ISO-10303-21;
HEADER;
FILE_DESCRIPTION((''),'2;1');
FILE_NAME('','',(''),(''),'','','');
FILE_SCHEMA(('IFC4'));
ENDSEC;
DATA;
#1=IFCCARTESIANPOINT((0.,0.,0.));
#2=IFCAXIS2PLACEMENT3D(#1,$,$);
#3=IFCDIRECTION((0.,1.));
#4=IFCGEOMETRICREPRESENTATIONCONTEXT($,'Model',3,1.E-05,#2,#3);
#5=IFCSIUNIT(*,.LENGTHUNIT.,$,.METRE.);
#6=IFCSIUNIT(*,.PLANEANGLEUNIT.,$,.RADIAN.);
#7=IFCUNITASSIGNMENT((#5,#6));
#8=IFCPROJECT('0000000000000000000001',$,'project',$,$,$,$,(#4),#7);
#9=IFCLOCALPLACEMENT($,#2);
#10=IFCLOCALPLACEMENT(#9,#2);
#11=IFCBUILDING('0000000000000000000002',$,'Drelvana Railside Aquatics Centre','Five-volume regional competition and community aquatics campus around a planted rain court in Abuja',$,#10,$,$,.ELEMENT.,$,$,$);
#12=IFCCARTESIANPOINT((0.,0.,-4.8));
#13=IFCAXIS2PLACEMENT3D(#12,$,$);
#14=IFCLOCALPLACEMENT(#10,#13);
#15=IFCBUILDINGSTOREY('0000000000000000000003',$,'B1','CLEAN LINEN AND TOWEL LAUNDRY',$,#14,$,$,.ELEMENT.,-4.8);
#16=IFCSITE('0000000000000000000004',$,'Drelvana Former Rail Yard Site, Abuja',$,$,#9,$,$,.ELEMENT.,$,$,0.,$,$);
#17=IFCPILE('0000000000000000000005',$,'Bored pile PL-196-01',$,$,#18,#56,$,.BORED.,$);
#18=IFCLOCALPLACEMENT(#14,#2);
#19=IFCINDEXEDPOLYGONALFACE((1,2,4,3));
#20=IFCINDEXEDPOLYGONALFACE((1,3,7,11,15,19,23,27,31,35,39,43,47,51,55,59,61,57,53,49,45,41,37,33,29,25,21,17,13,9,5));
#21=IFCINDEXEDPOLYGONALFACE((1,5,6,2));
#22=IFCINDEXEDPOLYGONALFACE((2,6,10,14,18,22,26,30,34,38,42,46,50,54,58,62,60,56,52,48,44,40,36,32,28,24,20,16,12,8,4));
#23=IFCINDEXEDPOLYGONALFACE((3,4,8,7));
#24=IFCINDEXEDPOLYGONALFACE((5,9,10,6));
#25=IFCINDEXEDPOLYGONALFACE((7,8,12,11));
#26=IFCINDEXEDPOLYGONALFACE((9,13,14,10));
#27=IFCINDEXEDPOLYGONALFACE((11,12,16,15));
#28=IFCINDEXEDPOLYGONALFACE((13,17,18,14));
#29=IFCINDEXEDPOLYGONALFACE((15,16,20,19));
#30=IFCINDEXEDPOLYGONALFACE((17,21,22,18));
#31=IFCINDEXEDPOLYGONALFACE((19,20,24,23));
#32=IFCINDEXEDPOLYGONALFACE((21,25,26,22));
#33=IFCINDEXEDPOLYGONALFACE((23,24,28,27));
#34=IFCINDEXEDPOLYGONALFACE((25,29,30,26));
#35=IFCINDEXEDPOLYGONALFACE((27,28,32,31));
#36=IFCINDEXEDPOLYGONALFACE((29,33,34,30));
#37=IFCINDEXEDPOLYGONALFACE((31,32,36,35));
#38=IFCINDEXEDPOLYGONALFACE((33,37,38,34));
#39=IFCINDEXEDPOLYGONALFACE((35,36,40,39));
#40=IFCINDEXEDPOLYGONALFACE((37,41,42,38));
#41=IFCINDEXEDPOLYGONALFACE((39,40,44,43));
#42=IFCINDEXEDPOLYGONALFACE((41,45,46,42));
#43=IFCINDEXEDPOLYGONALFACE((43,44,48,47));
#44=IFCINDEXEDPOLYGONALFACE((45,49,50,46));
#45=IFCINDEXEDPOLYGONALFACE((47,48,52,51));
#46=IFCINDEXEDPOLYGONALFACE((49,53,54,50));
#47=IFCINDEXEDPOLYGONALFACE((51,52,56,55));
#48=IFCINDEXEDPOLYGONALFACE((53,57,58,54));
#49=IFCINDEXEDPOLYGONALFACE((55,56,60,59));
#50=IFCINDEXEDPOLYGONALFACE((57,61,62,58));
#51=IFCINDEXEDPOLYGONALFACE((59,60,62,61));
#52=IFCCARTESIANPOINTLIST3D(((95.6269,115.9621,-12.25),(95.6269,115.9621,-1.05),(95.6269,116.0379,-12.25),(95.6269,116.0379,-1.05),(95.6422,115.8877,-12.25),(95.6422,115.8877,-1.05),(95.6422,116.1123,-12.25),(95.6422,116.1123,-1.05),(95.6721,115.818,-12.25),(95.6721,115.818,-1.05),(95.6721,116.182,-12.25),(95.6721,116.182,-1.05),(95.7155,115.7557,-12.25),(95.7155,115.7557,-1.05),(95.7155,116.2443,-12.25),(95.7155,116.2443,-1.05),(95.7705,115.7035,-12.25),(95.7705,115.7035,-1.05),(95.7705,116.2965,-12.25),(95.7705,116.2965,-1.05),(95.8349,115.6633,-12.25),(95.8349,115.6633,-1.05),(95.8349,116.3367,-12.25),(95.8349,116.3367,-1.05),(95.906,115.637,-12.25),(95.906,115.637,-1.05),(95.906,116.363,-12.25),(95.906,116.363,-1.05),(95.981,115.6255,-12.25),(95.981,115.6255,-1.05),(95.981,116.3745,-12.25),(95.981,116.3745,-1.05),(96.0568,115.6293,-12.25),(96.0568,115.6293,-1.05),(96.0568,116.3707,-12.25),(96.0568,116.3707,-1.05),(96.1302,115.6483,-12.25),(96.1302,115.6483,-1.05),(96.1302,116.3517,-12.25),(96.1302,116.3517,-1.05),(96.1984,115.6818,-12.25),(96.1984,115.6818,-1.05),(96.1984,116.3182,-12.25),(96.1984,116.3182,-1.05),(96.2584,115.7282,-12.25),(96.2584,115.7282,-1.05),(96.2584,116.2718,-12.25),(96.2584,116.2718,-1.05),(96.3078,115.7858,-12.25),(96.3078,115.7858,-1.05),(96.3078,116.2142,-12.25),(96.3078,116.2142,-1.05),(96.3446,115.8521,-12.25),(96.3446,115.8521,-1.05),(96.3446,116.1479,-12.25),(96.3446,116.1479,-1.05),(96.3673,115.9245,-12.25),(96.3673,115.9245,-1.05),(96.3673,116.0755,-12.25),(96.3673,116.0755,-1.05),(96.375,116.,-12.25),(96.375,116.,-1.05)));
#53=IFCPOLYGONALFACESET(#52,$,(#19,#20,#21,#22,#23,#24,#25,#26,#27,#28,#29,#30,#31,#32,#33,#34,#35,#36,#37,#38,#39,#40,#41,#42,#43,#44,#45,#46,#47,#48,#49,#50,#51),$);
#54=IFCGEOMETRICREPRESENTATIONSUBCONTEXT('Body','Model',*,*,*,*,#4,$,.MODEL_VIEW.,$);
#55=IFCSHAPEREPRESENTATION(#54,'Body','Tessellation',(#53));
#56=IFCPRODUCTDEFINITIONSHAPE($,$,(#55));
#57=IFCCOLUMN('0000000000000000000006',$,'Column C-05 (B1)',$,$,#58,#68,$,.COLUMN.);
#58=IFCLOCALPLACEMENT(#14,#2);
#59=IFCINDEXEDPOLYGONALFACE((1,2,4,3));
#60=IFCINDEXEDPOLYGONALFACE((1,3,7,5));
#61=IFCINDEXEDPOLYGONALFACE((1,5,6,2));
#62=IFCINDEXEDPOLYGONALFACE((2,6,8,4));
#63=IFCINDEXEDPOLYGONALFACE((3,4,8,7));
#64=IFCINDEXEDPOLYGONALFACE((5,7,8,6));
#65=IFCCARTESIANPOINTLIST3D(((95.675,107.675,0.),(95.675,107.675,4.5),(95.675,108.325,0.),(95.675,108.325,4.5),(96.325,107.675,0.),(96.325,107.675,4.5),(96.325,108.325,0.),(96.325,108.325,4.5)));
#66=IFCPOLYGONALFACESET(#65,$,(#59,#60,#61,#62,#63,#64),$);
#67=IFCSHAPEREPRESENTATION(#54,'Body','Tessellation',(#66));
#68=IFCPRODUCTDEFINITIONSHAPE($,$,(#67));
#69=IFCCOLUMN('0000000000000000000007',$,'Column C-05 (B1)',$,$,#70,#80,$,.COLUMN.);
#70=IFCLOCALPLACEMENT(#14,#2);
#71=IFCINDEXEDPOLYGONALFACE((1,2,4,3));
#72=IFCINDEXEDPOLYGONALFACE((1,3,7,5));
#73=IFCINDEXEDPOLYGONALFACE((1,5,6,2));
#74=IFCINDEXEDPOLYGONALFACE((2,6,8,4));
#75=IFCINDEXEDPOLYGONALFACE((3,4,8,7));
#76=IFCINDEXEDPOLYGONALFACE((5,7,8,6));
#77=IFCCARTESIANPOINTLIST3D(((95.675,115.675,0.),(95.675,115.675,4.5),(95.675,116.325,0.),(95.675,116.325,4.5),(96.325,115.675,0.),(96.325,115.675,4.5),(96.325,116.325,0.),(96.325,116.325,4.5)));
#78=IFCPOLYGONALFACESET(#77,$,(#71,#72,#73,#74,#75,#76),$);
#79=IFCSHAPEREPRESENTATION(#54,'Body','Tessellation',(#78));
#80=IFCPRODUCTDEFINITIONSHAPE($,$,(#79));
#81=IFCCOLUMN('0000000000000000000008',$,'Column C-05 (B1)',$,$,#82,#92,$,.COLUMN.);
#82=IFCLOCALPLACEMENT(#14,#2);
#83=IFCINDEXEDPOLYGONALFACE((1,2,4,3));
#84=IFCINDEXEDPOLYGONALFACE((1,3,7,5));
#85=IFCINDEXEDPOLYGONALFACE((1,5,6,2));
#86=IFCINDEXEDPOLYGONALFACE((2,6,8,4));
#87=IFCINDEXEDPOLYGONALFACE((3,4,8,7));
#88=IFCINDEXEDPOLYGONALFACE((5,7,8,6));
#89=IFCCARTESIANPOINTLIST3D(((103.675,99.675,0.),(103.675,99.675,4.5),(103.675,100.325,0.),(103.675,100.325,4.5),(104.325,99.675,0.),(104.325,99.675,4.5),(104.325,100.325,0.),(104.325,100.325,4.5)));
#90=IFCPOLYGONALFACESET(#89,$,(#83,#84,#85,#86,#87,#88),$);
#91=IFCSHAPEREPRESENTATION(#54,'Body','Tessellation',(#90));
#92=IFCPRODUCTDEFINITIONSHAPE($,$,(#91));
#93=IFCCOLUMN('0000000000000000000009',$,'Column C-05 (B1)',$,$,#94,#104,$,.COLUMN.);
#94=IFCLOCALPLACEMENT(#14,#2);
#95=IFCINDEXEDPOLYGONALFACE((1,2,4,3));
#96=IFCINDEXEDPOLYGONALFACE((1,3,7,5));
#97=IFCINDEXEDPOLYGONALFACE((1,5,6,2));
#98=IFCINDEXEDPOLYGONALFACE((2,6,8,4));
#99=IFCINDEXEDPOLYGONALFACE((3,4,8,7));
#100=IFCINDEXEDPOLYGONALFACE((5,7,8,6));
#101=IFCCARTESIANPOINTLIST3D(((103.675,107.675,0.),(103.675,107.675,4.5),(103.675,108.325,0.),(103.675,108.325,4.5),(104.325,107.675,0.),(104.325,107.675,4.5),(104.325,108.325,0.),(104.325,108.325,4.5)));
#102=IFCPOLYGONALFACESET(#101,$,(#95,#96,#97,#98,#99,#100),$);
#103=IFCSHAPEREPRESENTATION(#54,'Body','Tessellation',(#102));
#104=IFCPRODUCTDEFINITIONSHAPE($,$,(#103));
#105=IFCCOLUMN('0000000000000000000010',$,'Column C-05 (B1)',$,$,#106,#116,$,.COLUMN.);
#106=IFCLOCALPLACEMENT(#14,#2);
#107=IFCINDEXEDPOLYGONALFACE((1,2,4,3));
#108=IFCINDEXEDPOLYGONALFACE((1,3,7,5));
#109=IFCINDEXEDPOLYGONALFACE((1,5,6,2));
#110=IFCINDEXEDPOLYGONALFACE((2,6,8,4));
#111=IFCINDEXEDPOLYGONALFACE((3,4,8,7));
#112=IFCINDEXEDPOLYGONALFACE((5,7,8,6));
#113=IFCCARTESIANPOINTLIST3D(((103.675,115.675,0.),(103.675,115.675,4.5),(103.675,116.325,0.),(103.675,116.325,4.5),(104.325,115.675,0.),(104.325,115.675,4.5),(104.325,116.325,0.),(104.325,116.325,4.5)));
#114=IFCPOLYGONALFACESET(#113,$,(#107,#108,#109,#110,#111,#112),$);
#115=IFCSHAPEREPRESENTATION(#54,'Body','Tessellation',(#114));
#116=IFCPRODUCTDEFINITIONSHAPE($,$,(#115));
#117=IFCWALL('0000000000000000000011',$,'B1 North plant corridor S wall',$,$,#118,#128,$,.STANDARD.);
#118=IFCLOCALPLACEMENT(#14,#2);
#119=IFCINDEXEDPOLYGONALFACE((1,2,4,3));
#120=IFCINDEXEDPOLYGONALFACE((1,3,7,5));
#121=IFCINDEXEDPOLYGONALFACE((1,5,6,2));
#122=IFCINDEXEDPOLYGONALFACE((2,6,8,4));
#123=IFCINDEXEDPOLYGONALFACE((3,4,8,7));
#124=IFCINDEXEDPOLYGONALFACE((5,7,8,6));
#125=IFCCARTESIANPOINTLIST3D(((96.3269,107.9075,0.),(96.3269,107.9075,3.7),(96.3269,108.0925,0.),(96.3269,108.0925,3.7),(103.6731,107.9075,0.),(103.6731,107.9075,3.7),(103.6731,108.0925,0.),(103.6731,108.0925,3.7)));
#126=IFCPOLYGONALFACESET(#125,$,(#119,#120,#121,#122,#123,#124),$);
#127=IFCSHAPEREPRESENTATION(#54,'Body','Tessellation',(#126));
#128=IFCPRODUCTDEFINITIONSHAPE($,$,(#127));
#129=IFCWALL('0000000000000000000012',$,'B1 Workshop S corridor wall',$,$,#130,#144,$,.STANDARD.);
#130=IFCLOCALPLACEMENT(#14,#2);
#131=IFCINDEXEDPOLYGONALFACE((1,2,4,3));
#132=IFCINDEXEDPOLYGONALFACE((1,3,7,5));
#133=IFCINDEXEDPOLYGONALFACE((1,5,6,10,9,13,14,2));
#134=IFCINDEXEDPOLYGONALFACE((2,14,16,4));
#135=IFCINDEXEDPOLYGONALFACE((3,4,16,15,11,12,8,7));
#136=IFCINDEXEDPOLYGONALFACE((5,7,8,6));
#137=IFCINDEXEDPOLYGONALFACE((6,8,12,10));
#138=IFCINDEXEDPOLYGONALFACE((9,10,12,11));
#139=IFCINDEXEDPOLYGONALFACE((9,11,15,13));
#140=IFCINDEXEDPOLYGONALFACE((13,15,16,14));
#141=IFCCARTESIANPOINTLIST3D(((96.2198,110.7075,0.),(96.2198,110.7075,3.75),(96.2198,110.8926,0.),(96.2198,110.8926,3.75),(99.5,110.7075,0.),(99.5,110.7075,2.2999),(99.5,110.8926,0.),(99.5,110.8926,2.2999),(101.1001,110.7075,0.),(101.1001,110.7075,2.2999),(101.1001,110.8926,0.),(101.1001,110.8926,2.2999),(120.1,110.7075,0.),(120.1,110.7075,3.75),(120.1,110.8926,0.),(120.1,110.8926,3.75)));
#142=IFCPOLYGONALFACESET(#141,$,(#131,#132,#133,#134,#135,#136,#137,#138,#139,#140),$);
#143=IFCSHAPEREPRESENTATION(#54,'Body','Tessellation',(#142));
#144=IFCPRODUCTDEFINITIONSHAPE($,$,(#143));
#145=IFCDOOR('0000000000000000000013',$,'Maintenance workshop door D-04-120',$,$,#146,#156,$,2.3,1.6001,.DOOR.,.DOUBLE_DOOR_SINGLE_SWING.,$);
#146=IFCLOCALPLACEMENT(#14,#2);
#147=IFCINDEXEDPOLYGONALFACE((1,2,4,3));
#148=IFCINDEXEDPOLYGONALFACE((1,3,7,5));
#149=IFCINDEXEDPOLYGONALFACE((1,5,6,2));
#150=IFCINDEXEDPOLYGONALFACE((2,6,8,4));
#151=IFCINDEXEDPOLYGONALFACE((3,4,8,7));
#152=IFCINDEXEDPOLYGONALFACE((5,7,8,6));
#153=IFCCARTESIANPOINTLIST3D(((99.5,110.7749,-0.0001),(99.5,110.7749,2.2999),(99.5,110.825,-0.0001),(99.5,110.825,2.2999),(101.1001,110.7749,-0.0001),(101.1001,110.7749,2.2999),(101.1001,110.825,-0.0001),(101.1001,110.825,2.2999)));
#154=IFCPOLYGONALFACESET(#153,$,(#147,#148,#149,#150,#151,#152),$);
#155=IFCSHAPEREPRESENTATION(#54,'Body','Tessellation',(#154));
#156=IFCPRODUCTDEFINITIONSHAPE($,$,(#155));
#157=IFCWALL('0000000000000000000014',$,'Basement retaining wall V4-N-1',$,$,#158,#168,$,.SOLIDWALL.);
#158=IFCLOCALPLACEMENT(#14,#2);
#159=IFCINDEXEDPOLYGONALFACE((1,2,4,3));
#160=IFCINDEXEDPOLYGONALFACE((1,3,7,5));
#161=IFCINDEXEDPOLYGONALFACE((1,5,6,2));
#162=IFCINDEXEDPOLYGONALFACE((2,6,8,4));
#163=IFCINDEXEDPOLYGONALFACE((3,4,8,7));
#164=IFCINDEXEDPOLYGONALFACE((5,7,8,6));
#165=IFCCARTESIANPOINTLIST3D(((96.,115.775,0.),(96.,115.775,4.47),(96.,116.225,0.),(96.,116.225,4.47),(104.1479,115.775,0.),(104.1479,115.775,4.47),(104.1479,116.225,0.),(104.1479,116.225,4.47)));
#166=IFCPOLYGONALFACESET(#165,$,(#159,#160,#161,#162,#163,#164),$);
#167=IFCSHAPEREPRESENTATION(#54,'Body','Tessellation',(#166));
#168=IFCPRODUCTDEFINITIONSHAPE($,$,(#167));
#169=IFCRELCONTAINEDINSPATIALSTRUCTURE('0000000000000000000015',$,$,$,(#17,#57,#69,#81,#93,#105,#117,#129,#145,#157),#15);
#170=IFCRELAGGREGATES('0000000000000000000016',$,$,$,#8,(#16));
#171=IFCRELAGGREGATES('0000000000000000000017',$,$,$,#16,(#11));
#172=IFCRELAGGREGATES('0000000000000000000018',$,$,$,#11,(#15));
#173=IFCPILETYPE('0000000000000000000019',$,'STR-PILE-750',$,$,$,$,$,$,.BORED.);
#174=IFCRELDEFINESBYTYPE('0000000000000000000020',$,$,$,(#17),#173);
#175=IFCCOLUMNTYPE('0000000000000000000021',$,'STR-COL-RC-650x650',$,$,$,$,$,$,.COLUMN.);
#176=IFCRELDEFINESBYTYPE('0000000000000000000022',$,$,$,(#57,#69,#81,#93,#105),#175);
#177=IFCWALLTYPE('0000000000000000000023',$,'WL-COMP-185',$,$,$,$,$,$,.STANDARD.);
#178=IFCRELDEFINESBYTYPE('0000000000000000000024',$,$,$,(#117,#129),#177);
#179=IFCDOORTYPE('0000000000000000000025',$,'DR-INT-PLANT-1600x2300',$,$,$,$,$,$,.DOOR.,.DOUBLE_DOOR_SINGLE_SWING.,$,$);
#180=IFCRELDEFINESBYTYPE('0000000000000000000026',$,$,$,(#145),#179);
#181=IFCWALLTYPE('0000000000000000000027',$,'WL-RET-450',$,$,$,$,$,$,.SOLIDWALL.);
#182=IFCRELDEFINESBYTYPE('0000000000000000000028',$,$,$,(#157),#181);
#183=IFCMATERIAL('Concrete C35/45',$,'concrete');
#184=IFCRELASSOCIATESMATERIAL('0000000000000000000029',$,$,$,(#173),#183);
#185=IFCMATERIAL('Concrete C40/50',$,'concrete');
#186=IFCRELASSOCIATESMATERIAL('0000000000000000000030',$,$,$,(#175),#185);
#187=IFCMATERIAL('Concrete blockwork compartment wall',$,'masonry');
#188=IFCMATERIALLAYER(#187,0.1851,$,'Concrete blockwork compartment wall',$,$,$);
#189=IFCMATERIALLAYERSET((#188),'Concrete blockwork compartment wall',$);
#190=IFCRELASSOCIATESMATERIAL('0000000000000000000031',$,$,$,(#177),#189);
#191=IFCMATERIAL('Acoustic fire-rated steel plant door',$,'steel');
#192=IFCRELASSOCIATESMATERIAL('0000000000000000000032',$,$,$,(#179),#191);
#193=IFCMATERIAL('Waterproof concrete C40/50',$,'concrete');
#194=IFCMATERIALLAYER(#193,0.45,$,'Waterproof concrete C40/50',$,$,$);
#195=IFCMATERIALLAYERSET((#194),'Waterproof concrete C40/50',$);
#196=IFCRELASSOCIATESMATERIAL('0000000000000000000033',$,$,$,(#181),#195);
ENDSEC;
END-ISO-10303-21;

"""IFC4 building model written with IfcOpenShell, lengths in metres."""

from ifc_helpers import new_model, si_unit, direction, frame, frame_2d, origin, origin_2d, place, context, subcontext, project, spatial, rectangle, circle, extrude, material, layer, layer_set, material_profile, profile_set, type_object, element, fill, save


model = new_model("IFC4")

# Units and contexts
model_context = context("Model", 3, precision=1e-05, world=origin(), true_north=direction((0.0, 1.0)))
body_context = subcontext(model_context, "Body", "Model", "MODEL_VIEW")
ifc_project = project(units=[si_unit("LENGTHUNIT", "METRE"), si_unit("PLANEANGLEUNIT", "RADIAN")], contexts=[model_context])

# Site, building, storey
site_placement = place(None, origin())
site = spatial("IfcSite", under=ifc_project, at=site_placement, Name="Drelvana Former Rail Yard Site, Abuja", CompositionType="ELEMENT", RefElevation=0.0)
building_placement = place(site_placement, origin())
building = spatial("IfcBuilding", under=site, at=building_placement, Name="Drelvana Railside Aquatics Centre", Description="Five-volume regional competition and community aquatics campus around a planted rain court in Abuja", CompositionType="ELEMENT")
storey_placement = place(building_placement, frame((0.0, 0.0, -4.8)))
storey = spatial("IfcBuildingStorey", under=building, at=storey_placement, Name="B1", Description="CLEAN LINEN AND TOWEL LAUNDRY", CompositionType="ELEMENT", Elevation=-4.8)

# Shared definitions
ifc_material_1 = material(Name="Concrete C35/45", Category="concrete")

# Pile
ifc_material_profile_1 = material_profile(ifc_material_1, circle(Radius=0.375, at=origin_2d()), Name="PILE D750")
ifc_profile_set_1 = profile_set([ifc_material_profile_1], Name="Concrete C35/45")
pile_type_1 = type_object("IfcPileType", Name="STR-PILE-750", PredefinedType="BORED", material=ifc_profile_set_1)
for number, where, z_axis, x_axis, name in (
    (1, (96.0, 116.0, -1.05), (0.0, 0.0, -1.0), (1.0, 0.0, 0.0), "Bored pile PL-196-01"),
):
    element("IfcPile", number, at=place(storey_placement, frame(where, z_axis=z_axis, x_axis=x_axis)), inside=storey, type_object=pile_type_1, Name=name, PredefinedType="BORED", context=body_context, shape_type="SweptSolid", body=[
        extrude(circle(Radius=0.375, at=origin_2d()), origin(), (0.0, 0.0, 1.0), 11.2),
    ])

# Columns
ifc_material_2 = material(Name="Concrete C40/50", Category="concrete")
ifc_material_profile_2 = material_profile(ifc_material_2, rectangle(XDim=0.6499, YDim=0.6499, at=origin_2d()), Name="RC 650x650")
ifc_profile_set_2 = profile_set([ifc_material_profile_2], Name="Concrete C40/50")
column_type = type_object("IfcColumnType", Name="STR-COL-RC-650x650", PredefinedType="COLUMN", material=ifc_profile_set_2)
for number, where, z_axis, x_axis, name in (
    (2, (96.0, 108.0, 0.0), (0.0, 0.0, 1.0), (1.0, 0.0, 0.0), "Column C-05 (B1)"),
    (3, (96.0, 116.0, 0.0), (0.0, 0.0, 1.0), (1.0, 0.0, 0.0), "Column C-05 (B1)"),
    (4, (104.0, 100.0, 0.0), (0.0, 0.0, 1.0), (1.0, 0.0, 0.0), "Column C-05 (B1)"),
    (5, (104.0, 108.0, 0.0), (0.0, 0.0, 1.0), (1.0, 0.0, 0.0), "Column C-05 (B1)"),
    (6, (104.0, 116.0, 0.0), (0.0, 0.0, 1.0), (1.0, 0.0, 0.0), "Column C-05 (B1)"),
):
    element("IfcColumn", number, at=place(storey_placement, frame(where, z_axis=z_axis, x_axis=x_axis)), inside=storey, type_object=column_type, Name=name, PredefinedType="COLUMN", context=body_context, shape_type="SweptSolid", body=[
        extrude(rectangle(XDim=0.6499, YDim=0.6499, at=origin_2d()), origin(), (0.0, 0.0, 1.0), 4.5),
    ])

# Wall
ifc_material_3 = material(Name="Concrete blockwork compartment wall", Category="masonry")
ifc_layer_1 = layer(ifc_material_3, 0.1851, Name="Concrete blockwork compartment wall")
ifc_layer_set_1 = layer_set([ifc_layer_1], Name="Concrete blockwork compartment wall")
wall_type_1 = type_object("IfcWallType", Name="WL-COMP-185", PredefinedType="STANDARD", material=ifc_layer_set_1)
wall_1_placement = place(storey_placement, frame((96.3269, 108.0, 0.0), z_axis=(0.0, 0.0, 1.0), x_axis=(1.0, 0.0, 0.0)))
element("IfcWall", 7, at=wall_1_placement, inside=storey, type_object=wall_type_1, Name="B1 North plant corridor S wall", PredefinedType="STANDARD", context=body_context, shape_type="SweptSolid", body=[
    extrude(rectangle(XDim=7.3462, YDim=0.1851, at=frame_2d((3.6731, 0.0))), origin(), (0.0, 0.0, 1.0), 3.7),
])

# Wall, opening, door
wall_2_placement = place(storey_placement, frame((96.22, 110.8, 0.0), z_axis=(0.0, 0.0, 1.0), x_axis=(1.0, 0.0, 0.0)))
wall_2 = element("IfcWall", 8, at=wall_2_placement, inside=storey, type_object=wall_type_1, Name="B1 Workshop S corridor wall", PredefinedType="STANDARD", context=body_context, shape_type="SweptSolid", body=[
    extrude(rectangle(XDim=23.8801, YDim=0.1851, at=frame_2d((11.9399, 0.0))), origin(), (0.0, 0.0, 1.0), 3.75),
])
opening_placement = place(wall_2_placement, frame((3.28, 0.0, 0.0)))
opening = element("IfcOpeningElement", 9, at=opening_placement, cuts=wall_2, PredefinedType="OPENING", context=body_context, shape_type="SweptSolid", body=[
    extrude(rectangle(XDim=1.6001, YDim=2.3, at=frame_2d((0.8, 1.1499))), frame((0.0, 0.1025, 0.0), z_axis=(0.0, -1.0, 0.0), x_axis=(1.0, 0.0, 0.0)), (0.0, 0.0, 1.0), 0.2051),
])
ifc_material_4 = material(Name="Acoustic fire-rated steel plant door", Category="steel")
door_type = type_object("IfcDoorType", Name="DR-INT-PLANT-1600x2300", OperationType="DOUBLE_DOOR_SINGLE_SWING", PredefinedType="DOOR", material=ifc_material_4)
door_placement = place(opening_placement, origin())
door = element("IfcDoor", 10, at=door_placement, inside=storey, type_object=door_type, Name="Maintenance workshop door D-04-120", OperationType="DOUBLE_DOOR_SINGLE_SWING", OverallHeight=2.3, OverallWidth=1.6001, PredefinedType="DOOR", context=body_context, shape_type="SweptSolid", body=[
    extrude(rectangle(XDim=1.6001, YDim=2.3, at=frame_2d((0.8, 1.1499))), frame((0.0, 0.0249, 0.0), z_axis=(0.0, -1.0, 0.0), x_axis=(1.0, 0.0, 0.0)), (0.0, 0.0, 1.0), 0.05),
])
fill(opening, door)

# Wall
ifc_material_5 = material(Name="Waterproof concrete C40/50", Category="concrete")
ifc_layer_2 = layer(ifc_material_5, 0.45, Name="Waterproof concrete C40/50")
ifc_layer_set_2 = layer_set([ifc_layer_2], Name="Waterproof concrete C40/50")
wall_type_2 = type_object("IfcWallType", Name="WL-RET-450", PredefinedType="SOLIDWALL", material=ifc_layer_set_2)
wall_3_placement = place(storey_placement, frame((96.0, 116.0, 0.0), z_axis=(0.0, 0.0, 1.0), x_axis=(1.0, 0.0, 0.0)))
element("IfcWall", 11, at=wall_3_placement, inside=storey, type_object=wall_type_2, Name="Basement retaining wall V4-N-1", PredefinedType="SOLIDWALL", context=body_context, shape_type="SweptSolid", body=[
    extrude(rectangle(XDim=8.1479, YDim=0.45, at=frame_2d((4.074, 0.0))), origin(), (0.0, 0.0, 1.0), 4.47),
])

save(model, "model.ifc")
